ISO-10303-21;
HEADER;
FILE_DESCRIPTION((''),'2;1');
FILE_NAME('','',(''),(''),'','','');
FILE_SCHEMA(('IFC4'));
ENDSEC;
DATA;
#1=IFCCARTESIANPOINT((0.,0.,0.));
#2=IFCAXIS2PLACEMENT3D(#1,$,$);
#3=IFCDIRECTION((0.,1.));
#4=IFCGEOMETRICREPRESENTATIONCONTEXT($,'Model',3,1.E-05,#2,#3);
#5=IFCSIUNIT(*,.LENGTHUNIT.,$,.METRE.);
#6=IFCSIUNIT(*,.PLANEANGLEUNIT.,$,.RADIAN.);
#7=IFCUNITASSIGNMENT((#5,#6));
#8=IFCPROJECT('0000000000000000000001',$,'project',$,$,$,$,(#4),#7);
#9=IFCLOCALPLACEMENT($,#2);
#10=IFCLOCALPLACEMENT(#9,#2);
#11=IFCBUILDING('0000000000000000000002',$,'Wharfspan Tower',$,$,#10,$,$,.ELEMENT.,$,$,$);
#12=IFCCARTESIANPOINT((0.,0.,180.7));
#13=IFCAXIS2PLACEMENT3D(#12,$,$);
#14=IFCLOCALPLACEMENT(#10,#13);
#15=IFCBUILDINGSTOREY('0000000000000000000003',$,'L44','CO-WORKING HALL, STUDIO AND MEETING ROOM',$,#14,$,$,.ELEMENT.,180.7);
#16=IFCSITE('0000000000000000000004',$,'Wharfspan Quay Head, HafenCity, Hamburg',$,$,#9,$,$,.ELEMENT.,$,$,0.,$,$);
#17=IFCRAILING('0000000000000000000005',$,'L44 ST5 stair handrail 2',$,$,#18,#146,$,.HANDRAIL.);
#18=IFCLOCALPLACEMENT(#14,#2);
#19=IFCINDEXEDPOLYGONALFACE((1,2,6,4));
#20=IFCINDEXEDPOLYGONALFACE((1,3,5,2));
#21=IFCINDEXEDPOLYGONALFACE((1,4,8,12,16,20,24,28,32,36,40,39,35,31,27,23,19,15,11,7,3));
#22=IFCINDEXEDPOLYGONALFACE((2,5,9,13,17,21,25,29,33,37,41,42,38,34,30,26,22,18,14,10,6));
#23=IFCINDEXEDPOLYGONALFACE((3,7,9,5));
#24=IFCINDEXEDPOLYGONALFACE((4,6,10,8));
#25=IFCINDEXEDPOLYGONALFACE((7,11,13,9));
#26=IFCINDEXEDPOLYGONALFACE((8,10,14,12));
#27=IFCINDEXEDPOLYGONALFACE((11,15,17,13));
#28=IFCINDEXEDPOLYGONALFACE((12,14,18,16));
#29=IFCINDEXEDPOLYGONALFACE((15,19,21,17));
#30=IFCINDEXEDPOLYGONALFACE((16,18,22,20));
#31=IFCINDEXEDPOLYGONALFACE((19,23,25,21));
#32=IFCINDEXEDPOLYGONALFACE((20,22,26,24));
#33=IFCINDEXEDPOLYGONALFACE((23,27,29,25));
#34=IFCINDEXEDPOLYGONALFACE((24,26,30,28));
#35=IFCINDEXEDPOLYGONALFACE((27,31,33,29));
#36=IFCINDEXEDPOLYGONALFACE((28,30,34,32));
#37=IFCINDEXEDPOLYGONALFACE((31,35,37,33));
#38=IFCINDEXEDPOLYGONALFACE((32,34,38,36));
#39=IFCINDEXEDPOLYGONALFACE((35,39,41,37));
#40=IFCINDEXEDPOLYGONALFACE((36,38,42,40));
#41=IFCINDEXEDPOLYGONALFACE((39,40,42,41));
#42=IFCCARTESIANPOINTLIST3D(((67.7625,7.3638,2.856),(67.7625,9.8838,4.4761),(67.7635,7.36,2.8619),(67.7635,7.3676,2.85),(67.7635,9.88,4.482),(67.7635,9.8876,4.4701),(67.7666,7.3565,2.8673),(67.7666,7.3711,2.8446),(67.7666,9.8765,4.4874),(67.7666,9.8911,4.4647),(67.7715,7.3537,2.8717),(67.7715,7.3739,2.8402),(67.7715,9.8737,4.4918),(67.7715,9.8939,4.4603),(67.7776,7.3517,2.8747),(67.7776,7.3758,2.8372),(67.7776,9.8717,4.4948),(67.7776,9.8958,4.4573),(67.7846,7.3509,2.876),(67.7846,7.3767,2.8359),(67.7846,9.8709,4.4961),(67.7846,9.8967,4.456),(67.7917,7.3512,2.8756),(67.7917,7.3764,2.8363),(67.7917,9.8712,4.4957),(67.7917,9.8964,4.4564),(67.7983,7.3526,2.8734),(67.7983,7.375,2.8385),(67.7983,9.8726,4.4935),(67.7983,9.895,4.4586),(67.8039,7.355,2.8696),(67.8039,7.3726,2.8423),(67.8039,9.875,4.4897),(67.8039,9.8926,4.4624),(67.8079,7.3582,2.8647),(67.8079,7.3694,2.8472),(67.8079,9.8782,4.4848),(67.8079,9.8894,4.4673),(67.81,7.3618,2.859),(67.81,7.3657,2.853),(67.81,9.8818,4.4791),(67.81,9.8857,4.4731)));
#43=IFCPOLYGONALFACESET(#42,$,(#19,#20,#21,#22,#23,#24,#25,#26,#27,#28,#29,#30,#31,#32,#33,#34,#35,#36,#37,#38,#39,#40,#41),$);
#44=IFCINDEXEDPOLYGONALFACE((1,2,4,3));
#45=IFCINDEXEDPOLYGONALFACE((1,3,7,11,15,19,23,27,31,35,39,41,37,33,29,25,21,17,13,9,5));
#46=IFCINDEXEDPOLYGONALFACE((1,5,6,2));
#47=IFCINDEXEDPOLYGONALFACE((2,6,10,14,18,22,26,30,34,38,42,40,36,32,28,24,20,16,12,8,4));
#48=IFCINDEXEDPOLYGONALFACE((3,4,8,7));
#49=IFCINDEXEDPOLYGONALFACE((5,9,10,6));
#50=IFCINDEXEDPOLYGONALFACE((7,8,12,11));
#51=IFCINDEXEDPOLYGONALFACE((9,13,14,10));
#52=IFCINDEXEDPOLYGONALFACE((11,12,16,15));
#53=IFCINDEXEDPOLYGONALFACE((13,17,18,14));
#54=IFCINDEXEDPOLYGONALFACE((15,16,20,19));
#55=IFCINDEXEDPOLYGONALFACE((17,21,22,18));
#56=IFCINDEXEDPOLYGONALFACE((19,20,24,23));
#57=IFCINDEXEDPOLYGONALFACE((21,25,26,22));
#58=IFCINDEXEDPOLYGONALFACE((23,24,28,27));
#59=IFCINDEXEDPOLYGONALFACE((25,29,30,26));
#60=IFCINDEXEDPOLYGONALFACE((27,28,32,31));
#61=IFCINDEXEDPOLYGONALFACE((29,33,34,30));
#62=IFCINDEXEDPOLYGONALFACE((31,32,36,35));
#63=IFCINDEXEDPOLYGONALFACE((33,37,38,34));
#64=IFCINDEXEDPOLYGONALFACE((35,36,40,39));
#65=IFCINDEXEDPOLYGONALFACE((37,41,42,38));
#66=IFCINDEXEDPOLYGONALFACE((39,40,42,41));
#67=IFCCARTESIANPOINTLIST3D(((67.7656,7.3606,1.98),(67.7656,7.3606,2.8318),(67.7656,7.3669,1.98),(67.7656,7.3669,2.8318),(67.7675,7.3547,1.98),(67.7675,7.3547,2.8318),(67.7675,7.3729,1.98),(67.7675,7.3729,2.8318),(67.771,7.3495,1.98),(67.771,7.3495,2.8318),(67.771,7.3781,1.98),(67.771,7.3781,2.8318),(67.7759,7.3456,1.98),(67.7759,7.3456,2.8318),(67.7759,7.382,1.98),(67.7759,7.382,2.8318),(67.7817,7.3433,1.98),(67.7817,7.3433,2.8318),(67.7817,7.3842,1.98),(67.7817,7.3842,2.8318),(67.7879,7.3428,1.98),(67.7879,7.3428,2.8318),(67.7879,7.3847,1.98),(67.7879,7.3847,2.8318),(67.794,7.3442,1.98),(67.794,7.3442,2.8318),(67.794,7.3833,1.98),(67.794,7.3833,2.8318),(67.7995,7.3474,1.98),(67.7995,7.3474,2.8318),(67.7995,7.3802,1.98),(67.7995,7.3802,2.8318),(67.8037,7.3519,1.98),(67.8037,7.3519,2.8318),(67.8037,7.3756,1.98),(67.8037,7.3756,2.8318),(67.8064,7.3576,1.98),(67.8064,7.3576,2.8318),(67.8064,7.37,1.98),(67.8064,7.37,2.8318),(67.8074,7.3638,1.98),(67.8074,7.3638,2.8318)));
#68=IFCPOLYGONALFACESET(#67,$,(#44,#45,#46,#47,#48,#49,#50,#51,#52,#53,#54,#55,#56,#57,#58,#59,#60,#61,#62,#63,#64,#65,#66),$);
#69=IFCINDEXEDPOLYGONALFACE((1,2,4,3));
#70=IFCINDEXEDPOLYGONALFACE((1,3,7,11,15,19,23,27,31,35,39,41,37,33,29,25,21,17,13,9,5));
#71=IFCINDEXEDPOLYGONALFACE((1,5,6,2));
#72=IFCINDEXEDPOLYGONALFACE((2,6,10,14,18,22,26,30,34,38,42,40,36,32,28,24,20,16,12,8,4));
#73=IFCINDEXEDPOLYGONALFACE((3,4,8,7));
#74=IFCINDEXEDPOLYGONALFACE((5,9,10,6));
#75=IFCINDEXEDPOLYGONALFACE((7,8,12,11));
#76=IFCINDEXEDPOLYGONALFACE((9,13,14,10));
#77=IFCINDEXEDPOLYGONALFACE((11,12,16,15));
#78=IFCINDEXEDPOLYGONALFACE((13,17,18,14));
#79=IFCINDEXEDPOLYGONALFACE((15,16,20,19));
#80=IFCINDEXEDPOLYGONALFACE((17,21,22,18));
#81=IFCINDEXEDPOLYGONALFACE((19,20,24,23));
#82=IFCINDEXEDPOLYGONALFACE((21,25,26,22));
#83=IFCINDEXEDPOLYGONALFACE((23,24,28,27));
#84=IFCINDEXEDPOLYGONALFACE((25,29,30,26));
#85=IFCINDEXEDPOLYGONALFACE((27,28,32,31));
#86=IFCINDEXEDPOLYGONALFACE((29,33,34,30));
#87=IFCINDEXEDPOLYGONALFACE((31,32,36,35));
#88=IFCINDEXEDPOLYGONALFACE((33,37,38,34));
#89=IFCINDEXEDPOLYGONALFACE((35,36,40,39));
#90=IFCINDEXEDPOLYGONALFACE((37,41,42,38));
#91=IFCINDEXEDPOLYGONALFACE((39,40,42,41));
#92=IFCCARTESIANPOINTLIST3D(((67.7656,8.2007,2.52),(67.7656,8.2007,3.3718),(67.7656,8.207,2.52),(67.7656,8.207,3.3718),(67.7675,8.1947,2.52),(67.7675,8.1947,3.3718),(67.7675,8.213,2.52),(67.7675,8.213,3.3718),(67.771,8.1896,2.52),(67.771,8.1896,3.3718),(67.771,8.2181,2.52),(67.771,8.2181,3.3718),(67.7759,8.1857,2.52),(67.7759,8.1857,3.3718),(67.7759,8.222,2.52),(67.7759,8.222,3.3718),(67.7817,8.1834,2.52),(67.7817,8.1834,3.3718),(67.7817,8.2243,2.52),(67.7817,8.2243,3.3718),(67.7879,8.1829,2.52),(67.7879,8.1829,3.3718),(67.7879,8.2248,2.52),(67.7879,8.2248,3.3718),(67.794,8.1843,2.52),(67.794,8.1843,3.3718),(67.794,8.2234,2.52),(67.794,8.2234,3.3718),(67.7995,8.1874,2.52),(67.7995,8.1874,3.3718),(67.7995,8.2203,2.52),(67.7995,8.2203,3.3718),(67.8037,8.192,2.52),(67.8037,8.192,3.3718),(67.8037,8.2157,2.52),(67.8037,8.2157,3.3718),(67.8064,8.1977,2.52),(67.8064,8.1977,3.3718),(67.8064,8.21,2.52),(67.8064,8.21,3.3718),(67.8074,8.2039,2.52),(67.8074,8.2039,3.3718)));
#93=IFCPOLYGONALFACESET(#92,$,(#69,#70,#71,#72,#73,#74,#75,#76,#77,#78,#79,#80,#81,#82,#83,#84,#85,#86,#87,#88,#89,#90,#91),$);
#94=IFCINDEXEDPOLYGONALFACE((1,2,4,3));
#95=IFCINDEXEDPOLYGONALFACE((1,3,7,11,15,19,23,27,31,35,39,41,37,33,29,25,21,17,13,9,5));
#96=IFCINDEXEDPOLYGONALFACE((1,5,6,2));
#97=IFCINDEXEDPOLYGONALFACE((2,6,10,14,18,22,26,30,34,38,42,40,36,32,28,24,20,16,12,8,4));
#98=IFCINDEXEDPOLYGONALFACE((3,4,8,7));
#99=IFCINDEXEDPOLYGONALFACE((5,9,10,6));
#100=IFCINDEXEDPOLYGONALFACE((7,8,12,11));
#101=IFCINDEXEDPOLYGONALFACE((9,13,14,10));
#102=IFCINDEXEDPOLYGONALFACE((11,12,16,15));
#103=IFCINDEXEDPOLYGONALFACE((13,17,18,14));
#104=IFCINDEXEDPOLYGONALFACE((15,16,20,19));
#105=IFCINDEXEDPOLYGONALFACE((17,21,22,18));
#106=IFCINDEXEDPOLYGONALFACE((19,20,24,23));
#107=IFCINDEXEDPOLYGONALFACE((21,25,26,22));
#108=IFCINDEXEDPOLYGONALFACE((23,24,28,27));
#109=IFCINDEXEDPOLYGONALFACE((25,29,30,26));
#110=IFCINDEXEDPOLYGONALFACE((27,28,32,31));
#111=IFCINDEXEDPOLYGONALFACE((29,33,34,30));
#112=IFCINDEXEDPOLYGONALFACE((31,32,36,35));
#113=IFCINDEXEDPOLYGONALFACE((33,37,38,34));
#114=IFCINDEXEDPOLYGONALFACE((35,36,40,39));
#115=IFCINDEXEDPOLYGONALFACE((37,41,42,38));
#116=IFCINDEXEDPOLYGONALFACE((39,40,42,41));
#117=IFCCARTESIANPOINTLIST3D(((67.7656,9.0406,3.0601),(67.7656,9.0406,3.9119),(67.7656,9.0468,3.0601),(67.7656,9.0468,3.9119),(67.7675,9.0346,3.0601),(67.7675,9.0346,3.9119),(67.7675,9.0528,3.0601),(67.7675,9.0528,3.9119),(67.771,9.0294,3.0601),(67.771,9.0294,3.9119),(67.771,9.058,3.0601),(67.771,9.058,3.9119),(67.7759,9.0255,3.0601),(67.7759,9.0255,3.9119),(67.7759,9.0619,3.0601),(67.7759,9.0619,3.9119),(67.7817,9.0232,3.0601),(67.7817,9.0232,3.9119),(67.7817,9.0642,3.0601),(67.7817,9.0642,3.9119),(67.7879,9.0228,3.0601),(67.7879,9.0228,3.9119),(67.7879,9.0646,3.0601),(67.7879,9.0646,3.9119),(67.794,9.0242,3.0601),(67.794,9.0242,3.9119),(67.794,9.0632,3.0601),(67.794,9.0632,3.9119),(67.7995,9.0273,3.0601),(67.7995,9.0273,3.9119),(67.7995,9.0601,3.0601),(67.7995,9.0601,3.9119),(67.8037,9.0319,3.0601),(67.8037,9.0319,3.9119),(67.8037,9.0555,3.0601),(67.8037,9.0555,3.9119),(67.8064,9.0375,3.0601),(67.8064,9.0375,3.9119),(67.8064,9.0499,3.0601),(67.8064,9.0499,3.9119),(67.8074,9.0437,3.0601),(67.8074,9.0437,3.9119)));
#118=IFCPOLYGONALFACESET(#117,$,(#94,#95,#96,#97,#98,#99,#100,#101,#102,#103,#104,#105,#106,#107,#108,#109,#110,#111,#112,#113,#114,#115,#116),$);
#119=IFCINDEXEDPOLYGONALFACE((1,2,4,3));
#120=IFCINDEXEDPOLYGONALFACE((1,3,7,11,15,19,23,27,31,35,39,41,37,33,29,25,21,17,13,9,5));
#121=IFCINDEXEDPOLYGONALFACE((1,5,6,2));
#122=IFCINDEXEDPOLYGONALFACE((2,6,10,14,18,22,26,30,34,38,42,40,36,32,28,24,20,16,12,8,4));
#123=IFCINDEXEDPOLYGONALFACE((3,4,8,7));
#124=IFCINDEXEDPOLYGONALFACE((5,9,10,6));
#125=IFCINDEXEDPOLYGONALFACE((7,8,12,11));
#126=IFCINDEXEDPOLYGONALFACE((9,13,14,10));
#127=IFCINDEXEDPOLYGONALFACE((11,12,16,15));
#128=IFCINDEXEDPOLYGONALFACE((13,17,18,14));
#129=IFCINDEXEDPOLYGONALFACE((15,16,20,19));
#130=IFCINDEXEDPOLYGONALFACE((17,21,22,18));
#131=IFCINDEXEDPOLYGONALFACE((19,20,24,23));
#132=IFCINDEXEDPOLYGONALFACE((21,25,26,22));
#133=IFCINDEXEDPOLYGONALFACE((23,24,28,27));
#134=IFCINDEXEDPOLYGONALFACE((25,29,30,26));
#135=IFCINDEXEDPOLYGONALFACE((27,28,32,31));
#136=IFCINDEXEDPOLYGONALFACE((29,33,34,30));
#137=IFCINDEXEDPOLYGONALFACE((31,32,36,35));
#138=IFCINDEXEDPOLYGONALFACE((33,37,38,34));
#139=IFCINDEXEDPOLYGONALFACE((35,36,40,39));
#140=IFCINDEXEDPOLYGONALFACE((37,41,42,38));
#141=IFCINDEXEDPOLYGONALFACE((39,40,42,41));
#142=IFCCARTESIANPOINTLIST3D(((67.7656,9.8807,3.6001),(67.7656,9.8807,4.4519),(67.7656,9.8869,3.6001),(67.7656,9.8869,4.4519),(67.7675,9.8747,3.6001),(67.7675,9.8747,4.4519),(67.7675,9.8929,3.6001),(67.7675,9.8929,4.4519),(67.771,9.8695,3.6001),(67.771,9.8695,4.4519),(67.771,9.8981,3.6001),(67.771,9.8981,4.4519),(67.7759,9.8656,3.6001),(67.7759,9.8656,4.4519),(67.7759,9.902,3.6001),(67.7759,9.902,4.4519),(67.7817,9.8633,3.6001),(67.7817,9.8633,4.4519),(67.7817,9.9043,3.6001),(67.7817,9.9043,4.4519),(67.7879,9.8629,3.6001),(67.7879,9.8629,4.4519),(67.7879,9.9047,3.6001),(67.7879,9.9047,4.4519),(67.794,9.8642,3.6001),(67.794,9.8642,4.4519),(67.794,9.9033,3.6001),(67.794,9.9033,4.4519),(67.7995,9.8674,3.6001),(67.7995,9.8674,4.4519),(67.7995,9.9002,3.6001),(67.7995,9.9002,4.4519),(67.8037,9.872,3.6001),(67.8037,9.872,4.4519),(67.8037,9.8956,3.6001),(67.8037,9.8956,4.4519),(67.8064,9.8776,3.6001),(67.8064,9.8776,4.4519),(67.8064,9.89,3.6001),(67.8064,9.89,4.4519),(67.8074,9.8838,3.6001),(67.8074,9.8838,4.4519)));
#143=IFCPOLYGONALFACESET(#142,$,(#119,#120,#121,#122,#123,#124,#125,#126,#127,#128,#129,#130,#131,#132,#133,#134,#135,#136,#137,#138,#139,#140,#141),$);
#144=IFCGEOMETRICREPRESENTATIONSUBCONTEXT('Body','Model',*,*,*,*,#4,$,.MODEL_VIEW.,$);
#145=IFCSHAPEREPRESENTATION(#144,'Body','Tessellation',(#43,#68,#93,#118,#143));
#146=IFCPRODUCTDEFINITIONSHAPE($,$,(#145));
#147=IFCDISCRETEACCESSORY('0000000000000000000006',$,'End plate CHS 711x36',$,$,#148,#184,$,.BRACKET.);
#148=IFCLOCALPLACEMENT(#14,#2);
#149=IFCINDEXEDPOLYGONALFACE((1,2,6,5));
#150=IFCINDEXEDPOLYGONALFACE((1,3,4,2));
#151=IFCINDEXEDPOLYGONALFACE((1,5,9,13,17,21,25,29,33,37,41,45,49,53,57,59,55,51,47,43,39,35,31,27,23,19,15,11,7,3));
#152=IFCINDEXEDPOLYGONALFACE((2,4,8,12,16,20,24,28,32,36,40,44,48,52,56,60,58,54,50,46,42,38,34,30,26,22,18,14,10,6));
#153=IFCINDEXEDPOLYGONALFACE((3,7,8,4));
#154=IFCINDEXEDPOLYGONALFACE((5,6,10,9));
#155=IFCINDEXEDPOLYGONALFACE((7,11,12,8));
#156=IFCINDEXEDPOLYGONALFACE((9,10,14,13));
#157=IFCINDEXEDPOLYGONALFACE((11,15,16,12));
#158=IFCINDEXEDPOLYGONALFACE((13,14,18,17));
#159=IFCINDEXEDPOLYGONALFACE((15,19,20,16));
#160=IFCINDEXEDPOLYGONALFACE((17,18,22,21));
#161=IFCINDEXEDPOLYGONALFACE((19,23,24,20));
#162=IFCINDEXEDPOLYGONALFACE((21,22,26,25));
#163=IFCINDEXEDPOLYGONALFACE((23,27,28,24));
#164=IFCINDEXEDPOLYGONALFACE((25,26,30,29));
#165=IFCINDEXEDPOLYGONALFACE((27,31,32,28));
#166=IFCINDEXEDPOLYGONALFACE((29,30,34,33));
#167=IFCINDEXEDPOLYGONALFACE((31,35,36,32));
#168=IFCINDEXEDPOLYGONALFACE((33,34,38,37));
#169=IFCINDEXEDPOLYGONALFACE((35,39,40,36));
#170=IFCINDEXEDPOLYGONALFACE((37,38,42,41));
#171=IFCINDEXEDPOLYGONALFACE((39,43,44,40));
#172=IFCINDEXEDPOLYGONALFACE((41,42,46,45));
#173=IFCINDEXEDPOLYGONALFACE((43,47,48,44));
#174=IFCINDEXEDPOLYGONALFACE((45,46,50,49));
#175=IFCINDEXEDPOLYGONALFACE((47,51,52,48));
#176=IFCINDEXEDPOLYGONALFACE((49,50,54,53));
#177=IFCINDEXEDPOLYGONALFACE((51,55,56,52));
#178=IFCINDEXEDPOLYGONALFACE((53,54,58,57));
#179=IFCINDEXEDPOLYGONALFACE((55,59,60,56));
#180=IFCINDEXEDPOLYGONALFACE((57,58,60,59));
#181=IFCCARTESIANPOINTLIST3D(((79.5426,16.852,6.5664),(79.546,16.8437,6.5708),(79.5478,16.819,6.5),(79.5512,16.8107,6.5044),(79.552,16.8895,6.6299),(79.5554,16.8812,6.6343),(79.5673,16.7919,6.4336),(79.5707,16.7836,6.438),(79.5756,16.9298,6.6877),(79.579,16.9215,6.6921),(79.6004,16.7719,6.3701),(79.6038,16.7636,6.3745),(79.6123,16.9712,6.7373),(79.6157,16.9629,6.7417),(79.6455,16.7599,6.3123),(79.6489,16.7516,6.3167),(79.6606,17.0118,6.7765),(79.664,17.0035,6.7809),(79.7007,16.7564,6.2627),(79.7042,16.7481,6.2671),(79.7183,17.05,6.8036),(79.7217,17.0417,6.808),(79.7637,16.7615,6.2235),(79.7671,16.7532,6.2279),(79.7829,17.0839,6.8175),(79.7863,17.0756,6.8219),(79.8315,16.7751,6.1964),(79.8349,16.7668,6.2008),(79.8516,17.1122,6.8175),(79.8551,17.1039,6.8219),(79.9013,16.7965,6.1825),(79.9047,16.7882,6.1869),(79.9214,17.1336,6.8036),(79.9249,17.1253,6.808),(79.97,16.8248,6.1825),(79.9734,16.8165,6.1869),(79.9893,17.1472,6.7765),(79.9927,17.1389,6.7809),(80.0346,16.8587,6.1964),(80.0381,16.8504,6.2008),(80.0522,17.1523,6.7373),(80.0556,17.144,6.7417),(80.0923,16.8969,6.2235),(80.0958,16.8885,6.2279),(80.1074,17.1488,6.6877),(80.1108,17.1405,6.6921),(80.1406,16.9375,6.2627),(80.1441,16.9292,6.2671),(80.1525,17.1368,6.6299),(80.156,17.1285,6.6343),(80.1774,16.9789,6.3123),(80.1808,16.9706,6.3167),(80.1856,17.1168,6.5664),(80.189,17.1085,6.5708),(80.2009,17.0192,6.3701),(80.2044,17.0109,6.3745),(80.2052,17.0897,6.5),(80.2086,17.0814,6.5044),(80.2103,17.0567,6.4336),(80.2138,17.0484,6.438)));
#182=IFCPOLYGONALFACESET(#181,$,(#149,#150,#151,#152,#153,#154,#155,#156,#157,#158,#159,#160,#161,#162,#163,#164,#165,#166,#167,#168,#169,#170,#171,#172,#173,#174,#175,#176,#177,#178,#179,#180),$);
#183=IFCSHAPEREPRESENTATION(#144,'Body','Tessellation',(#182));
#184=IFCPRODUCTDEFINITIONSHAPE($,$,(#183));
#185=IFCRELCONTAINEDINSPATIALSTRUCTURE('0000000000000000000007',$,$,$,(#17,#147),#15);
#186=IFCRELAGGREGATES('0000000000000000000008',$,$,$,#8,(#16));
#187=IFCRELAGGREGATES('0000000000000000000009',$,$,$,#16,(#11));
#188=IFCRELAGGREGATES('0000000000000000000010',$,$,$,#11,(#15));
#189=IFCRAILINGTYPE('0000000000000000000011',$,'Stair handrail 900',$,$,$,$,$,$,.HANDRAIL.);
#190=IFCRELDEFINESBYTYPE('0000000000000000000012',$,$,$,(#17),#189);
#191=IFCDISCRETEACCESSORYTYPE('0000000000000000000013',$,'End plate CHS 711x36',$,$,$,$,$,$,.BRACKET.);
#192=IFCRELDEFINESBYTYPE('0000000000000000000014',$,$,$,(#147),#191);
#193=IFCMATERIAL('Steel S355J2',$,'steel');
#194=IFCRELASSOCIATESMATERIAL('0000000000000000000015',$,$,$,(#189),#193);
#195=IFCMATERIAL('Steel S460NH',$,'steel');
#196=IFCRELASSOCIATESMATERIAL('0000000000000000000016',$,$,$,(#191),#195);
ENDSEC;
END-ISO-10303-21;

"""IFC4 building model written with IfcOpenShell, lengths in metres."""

from ifc_helpers import new_model, si_unit, direction, frame, origin, origin_2d, place, context, subcontext, project, spatial, circle, extrude, material, material_profile, profile_set, type_object, element, save


model = new_model("IFC4")

# Units and contexts
model_context = context("Model", 3, precision=1e-05, world=origin(), true_north=direction((0.0, 1.0)))
body_context = subcontext(model_context, "Body", "Model", "MODEL_VIEW")
ifc_project = project(units=[si_unit("LENGTHUNIT", "METRE"), si_unit("PLANEANGLEUNIT", "RADIAN")], contexts=[model_context])

# Site, building, storey
site_placement = place(None, origin())
site = spatial("IfcSite", under=ifc_project, at=site_placement, Name="Wharfspan Quay Head, HafenCity, Hamburg", CompositionType="ELEMENT", RefElevation=0.0)
building_placement = place(site_placement, origin())
building = spatial("IfcBuilding", under=site, at=building_placement, Name="Wharfspan Tower", CompositionType="ELEMENT")
storey_placement = place(building_placement, frame((0.0, 0.0, 180.7)))
storey = spatial("IfcBuildingStorey", under=building, at=storey_placement, Name="L44", Description="CO-WORKING HALL, STUDIO AND MEETING ROOM", CompositionType="ELEMENT", Elevation=180.7)

# Shared definitions
ifc_material_1 = material(Name="Steel S355J2", Category="steel")

# Railing
railing_type = type_object("IfcRailingType", Name="Stair handrail 900", PredefinedType="HANDRAIL", material=ifc_material_1)
railing_placement = place(storey_placement, frame((67.7864, 7.3638, 1.98)))
element("IfcRailing", 1, at=railing_placement, inside=storey, type_object=railing_type, Name="L44 ST5 stair handrail 2", PredefinedType="HANDRAIL", context=body_context, shape_type="SweptSolid", body=[
    extrude(circle(Radius=0.0239, at=origin_2d()), frame((0.0, 0.0, 0.876), z_axis=(0.0, 0.841163, 0.540782), x_axis=(-1.0, 0.0, 0.0)), (0.0, 0.0, 1.0), 2.9958),
    extrude(circle(Radius=0.021, at=origin_2d()), origin(), (0.0, 0.0, 1.0), 0.8518),
    extrude(circle(Radius=0.021, at=origin_2d()), frame((0.0, 0.8401, 0.54)), (0.0, 0.0, 1.0), 0.8518),
    extrude(circle(Radius=0.021, at=origin_2d()), frame((0.0, 1.6799, 1.0801)), (0.0, 0.0, 1.0), 0.8518),
    extrude(circle(Radius=0.021, at=origin_2d()), frame((0.0, 2.52, 1.6201)), (0.0, 0.0, 1.0), 0.8518),
])

# Discrete accessory
ifc_material_2 = material(Name="Steel S460NH", Category="steel")
ifc_material_profile_1 = material_profile(ifc_material_2, circle(Radius=0.3555, at=origin_2d()))
ifc_profile_set_1 = profile_set([ifc_material_profile_1], Name="Steel S460NH")
discrete_accessory_type = type_object("IfcDiscreteAccessoryType", Name="End plate CHS 711x36", PredefinedType="BRACKET", material=ifc_profile_set_1)
discrete_accessory_placement = place(storey_placement, frame((79.8765, 16.9543, 6.5), z_axis=(0.341972, -0.830504, 0.439679), x_axis=(0.924678, 0.380749, -0.000001)))
element("IfcDiscreteAccessory", 2, at=discrete_accessory_placement, inside=storey, type_object=discrete_accessory_type, Name="End plate CHS 711x36", PredefinedType="BRACKET", context=body_context, shape_type="SweptSolid", body=[
    extrude(circle(Radius=0.3555, at=origin_2d()), origin(), (0.0, 0.0, 1.0), 0.01),
])

save(model, "model.ifc")
